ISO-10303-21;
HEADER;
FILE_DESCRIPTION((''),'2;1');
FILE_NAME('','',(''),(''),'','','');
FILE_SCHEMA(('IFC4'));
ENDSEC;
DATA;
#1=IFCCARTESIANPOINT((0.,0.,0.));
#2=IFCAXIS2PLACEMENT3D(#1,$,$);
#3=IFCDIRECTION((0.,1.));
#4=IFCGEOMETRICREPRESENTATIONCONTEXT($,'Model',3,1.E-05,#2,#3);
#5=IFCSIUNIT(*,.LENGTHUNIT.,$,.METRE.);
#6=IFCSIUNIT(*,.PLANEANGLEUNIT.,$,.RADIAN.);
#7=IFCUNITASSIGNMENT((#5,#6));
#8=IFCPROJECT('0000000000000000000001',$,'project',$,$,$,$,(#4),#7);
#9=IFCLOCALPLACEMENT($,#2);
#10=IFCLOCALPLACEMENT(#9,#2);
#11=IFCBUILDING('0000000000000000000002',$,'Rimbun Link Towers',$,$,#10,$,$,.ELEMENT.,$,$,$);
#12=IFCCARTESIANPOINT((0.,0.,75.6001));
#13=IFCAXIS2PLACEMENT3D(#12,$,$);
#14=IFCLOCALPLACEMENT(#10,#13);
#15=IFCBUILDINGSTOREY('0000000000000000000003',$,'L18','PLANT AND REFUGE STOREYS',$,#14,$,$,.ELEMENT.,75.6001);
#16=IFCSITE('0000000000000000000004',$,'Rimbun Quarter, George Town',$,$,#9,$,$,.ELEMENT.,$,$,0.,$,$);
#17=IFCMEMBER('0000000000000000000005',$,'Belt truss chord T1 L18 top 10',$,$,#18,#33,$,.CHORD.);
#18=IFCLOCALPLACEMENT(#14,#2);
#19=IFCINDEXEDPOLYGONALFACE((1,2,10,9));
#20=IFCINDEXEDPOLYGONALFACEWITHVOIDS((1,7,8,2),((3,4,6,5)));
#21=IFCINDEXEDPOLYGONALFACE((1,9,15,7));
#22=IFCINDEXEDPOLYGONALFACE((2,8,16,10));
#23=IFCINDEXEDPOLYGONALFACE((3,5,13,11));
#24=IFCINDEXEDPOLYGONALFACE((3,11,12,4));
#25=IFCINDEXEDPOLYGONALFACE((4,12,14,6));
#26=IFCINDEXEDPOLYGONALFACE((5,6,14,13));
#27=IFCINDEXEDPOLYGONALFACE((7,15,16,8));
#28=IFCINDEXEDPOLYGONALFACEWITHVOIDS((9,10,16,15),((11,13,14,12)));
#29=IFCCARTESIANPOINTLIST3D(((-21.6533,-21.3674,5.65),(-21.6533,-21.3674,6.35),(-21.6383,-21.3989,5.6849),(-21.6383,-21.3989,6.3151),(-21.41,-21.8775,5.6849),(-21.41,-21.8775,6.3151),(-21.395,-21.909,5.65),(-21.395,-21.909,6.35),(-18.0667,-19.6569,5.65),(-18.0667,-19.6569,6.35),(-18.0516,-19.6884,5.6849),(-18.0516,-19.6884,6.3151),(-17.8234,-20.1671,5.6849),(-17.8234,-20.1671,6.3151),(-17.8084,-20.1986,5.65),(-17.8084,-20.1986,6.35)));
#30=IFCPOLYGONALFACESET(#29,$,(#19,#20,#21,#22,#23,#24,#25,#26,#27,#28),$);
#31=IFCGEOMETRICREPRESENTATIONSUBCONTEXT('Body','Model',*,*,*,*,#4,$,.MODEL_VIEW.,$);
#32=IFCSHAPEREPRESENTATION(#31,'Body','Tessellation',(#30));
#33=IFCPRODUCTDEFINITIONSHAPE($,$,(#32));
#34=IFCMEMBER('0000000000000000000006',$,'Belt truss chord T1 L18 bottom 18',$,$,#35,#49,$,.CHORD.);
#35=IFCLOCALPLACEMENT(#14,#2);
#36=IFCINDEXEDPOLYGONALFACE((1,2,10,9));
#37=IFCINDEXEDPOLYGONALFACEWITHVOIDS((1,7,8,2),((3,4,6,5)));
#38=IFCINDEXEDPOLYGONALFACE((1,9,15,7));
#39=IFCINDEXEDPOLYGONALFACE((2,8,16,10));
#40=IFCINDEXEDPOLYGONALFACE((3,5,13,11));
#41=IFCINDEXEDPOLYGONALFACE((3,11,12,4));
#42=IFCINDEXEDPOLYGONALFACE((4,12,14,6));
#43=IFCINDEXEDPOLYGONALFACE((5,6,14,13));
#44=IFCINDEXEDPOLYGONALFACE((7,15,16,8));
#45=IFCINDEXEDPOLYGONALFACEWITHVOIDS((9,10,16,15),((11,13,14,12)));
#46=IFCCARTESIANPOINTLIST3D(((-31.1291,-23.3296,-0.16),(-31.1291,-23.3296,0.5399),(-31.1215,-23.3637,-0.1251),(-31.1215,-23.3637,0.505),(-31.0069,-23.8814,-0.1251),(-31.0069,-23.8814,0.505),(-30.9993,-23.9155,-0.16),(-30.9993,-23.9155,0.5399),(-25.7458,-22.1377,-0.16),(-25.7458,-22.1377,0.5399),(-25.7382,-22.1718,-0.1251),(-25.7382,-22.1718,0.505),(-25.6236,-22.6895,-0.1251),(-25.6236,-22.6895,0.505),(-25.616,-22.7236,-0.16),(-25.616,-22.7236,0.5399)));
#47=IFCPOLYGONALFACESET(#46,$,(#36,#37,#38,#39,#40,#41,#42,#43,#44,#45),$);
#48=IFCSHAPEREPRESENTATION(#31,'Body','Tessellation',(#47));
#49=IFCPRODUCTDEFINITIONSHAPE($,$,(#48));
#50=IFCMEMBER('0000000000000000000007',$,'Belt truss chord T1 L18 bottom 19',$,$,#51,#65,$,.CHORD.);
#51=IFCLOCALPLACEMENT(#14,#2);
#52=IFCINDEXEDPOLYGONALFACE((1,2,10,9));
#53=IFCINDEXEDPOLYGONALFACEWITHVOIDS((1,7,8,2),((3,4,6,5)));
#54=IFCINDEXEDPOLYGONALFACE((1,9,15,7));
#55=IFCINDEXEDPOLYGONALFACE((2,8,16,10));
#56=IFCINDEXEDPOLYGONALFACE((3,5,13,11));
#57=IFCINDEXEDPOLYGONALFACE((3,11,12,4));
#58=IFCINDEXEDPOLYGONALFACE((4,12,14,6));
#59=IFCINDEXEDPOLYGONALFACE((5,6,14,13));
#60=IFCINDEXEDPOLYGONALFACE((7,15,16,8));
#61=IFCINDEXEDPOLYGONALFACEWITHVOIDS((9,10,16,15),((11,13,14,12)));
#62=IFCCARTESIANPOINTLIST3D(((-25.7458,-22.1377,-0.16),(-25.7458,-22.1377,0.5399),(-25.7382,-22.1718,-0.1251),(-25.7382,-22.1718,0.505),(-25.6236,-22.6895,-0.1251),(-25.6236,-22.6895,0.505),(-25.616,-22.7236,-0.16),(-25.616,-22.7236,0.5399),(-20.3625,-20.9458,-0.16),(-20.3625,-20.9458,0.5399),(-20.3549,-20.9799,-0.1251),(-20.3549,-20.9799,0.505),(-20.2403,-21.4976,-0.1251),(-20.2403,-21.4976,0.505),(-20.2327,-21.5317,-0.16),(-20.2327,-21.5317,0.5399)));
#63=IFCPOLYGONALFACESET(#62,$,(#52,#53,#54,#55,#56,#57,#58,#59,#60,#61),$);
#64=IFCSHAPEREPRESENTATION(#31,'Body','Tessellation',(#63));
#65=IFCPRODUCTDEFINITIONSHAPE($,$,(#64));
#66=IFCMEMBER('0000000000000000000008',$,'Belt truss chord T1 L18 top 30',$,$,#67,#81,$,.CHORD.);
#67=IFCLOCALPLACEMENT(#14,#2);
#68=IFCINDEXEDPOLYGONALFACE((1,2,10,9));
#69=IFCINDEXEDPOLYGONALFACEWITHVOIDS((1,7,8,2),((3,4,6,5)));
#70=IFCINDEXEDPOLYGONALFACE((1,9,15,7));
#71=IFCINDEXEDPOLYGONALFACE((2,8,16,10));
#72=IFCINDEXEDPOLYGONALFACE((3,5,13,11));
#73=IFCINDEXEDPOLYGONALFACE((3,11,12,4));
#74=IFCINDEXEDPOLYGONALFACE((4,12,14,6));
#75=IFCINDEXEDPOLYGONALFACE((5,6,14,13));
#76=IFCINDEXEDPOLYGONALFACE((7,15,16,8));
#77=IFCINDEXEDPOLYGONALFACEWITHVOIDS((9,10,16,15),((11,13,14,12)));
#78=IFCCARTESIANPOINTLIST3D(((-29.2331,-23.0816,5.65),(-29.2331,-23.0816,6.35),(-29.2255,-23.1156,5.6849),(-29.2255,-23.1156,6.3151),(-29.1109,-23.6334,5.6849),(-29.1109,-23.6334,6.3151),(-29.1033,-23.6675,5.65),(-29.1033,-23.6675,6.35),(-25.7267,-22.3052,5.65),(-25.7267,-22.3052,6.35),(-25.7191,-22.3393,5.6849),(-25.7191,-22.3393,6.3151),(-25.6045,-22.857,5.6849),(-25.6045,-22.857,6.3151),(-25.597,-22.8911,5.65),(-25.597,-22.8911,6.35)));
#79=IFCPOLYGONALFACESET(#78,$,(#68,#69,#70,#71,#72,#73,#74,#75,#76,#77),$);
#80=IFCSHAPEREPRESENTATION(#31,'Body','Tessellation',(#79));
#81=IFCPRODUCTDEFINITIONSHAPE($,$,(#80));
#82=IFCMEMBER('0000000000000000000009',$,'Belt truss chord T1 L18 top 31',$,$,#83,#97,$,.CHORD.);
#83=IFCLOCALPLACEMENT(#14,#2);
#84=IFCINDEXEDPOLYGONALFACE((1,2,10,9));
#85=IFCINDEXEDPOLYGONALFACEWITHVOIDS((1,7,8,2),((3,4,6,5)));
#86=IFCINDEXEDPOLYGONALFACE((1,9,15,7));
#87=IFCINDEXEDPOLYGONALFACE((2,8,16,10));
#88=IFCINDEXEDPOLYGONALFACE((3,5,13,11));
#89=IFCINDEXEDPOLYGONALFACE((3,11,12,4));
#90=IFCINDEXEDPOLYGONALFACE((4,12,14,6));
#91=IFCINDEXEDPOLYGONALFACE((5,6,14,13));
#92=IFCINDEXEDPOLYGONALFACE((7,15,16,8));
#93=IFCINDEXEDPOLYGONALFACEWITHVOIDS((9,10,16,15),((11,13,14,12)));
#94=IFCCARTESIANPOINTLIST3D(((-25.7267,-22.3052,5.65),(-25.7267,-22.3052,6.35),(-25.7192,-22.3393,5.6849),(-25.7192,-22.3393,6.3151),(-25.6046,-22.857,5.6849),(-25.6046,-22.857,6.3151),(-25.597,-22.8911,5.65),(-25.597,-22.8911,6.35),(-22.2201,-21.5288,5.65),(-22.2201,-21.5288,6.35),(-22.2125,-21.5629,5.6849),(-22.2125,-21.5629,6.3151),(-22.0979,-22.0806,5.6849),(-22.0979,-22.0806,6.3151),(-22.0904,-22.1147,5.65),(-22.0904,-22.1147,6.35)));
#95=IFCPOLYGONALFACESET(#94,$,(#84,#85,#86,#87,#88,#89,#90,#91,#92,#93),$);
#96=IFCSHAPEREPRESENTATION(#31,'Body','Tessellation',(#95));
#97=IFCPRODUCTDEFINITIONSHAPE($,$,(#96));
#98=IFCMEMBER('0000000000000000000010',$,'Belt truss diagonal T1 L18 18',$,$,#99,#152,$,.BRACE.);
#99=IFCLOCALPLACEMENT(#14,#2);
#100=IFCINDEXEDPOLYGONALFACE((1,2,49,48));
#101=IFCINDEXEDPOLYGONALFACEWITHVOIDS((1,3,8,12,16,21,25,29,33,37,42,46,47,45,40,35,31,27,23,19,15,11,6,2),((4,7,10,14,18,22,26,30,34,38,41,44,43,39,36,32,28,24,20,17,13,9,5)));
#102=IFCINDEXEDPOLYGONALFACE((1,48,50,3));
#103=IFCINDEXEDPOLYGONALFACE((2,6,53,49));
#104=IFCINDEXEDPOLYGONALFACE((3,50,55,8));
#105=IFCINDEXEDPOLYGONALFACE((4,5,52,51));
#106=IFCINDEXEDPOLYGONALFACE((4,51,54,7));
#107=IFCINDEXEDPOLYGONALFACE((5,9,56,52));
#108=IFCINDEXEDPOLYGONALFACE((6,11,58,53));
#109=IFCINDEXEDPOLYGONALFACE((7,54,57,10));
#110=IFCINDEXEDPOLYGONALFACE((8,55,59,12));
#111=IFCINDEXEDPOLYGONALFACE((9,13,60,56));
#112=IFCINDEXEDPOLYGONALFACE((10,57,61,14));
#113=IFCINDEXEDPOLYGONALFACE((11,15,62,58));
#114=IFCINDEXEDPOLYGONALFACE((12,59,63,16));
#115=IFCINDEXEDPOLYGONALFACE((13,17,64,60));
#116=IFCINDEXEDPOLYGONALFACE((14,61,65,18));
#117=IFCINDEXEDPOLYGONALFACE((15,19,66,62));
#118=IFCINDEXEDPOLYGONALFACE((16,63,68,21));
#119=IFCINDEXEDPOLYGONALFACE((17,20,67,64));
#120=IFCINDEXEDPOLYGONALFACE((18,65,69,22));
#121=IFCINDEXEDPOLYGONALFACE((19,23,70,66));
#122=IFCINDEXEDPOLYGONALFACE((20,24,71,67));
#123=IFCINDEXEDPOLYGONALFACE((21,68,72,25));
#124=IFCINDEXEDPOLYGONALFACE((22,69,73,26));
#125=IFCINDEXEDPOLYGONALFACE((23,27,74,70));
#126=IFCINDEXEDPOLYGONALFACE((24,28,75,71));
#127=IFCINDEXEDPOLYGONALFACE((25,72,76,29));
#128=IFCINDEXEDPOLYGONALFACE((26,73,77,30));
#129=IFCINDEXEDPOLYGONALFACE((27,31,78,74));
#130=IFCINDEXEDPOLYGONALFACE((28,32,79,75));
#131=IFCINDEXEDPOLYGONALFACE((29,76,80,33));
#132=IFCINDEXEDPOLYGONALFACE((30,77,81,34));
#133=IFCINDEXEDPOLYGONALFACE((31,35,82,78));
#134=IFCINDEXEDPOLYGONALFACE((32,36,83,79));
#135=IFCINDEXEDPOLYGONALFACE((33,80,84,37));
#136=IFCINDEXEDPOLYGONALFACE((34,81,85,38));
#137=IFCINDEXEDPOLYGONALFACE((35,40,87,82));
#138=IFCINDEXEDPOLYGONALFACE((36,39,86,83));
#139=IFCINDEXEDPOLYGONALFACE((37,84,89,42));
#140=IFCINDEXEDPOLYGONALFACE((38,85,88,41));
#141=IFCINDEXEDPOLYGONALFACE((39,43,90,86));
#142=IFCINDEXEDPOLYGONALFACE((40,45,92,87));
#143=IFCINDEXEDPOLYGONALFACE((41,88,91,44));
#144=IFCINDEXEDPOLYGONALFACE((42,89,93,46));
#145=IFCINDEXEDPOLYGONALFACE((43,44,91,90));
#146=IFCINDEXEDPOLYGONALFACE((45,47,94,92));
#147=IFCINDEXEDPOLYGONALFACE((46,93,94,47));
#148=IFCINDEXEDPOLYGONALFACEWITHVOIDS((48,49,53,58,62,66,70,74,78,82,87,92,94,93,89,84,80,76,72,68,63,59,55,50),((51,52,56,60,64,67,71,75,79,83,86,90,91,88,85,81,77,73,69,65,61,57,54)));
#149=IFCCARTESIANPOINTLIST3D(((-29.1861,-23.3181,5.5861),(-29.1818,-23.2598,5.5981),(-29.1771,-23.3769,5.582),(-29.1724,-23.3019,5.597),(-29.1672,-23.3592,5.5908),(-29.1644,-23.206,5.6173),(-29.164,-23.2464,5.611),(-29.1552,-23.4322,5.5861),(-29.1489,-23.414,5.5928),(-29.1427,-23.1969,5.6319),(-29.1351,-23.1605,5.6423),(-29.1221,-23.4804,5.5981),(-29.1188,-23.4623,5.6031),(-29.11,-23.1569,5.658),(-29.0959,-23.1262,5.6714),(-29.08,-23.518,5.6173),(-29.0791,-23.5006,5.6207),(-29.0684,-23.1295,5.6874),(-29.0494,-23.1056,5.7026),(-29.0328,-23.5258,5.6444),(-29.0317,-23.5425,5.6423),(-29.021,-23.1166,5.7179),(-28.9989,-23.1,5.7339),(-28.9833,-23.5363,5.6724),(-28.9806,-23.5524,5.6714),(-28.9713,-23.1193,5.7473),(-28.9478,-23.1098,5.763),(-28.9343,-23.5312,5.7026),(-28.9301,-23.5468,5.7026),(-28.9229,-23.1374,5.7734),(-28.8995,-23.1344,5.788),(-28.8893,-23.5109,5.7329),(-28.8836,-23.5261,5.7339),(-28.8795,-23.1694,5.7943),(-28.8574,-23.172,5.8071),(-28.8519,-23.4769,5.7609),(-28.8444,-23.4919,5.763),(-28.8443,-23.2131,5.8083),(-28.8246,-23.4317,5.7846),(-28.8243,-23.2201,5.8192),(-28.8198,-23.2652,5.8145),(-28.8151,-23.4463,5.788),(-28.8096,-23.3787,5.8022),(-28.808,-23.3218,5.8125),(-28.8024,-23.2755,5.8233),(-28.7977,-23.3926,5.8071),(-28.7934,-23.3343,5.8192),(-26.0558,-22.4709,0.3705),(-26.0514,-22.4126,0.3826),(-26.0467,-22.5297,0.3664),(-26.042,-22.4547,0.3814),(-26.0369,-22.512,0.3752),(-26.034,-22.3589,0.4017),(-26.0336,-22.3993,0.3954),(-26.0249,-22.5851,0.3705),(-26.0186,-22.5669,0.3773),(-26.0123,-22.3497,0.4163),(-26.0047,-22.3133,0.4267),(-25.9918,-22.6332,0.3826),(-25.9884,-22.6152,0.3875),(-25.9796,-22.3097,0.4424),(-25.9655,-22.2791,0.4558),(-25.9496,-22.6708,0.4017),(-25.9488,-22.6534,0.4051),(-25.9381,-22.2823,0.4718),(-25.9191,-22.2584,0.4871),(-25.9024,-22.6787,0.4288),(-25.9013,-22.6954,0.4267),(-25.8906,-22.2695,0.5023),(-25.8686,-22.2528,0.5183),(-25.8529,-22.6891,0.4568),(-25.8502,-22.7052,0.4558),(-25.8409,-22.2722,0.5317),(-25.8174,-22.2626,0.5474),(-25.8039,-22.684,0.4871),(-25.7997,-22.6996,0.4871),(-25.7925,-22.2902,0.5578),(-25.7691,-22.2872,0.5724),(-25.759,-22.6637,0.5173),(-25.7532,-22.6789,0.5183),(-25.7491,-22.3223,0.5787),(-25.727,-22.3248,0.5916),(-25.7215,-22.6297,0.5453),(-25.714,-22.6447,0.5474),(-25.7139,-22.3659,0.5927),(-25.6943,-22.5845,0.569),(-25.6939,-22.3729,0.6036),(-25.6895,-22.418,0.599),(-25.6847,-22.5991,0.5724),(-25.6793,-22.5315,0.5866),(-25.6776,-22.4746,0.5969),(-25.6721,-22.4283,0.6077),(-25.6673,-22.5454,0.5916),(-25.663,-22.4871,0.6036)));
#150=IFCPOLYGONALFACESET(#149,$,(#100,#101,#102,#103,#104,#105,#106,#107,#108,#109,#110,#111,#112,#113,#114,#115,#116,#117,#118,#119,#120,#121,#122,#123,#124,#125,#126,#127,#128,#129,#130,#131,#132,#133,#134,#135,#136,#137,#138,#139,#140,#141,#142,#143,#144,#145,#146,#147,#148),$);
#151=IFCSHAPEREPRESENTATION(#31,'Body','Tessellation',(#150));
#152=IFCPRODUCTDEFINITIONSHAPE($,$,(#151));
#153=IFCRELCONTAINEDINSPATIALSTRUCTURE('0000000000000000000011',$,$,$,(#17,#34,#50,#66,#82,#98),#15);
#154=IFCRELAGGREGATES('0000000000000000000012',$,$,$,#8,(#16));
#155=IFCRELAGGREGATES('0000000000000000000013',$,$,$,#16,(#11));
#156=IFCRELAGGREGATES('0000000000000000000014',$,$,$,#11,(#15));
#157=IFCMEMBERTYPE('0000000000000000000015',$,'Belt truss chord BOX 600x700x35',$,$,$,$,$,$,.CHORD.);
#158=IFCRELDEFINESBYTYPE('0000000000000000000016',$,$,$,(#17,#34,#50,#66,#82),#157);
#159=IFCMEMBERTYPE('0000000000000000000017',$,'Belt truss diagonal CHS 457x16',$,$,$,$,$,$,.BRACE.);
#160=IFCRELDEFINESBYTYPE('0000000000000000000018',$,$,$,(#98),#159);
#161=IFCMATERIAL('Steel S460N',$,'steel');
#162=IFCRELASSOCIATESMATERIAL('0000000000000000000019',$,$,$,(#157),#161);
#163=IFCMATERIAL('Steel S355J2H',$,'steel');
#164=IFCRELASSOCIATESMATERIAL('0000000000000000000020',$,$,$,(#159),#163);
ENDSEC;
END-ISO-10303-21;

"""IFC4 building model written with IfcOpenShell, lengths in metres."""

from ifc_helpers import new_model, si_unit, direction, frame, origin, origin_2d, place, context, subcontext, project, spatial, hollow_rectangle, hollow_circle, extrude, material, material_profile, profile_set, type_object, element, save


model = new_model("IFC4")

# Units and contexts
model_context = context("Model", 3, precision=1e-05, world=origin(), true_north=direction((0.0, 1.0)))
body_context = subcontext(model_context, "Body", "Model", "MODEL_VIEW")
ifc_project = project(units=[si_unit("LENGTHUNIT", "METRE"), si_unit("PLANEANGLEUNIT", "RADIAN")], contexts=[model_context])

# Site, building, storey
site_placement = place(None, origin())
site = spatial("IfcSite", under=ifc_project, at=site_placement, Name="Rimbun Quarter, George Town", CompositionType="ELEMENT", RefElevation=0.0)
building_placement = place(site_placement, origin())
building = spatial("IfcBuilding", under=site, at=building_placement, Name="Rimbun Link Towers", CompositionType="ELEMENT")
storey_placement = place(building_placement, frame((0.0, 0.0, 75.6001)))
storey = spatial("IfcBuildingStorey", under=building, at=storey_placement, Name="L18", Description="PLANT AND REFUGE STOREYS", CompositionType="ELEMENT", Elevation=75.6001)

# Members
ifc_material_1 = material(Name="Steel S460N", Category="steel")
ifc_material_profile_1 = material_profile(ifc_material_1, hollow_rectangle(XDim=0.6001, YDim=0.7, WallThickness=0.0349, at=origin_2d()), Name="Belt truss chord BOX 600x700x35")
ifc_profile_set_1 = profile_set([ifc_material_profile_1], Name="Steel S460N")
member_type_1 = type_object("IfcMemberType", Name="Belt truss chord BOX 600x700x35", PredefinedType="CHORD", material=ifc_profile_set_1)
member_1_placement = place(storey_placement, frame((-21.5242, -21.6382, 6.0), z_axis=(0.902615, 0.430449, 0.0), x_axis=(-0.430449, 0.902615, 0.0)))
element("IfcMember", 1, at=member_1_placement, inside=storey, type_object=member_type_1, Name="Belt truss chord T1 L18 top 10", PredefinedType="CHORD", context=body_context, shape_type="SweptSolid", body=[
    extrude(hollow_rectangle(XDim=0.6001, YDim=0.7, WallThickness=0.0349, at=origin_2d()), origin(), (0.0, 0.0, 1.0), 3.9736),
])
for number, where, z_axis, x_axis, name in (
    (2, (-31.0642, -23.6226, 0.1899), (0.976356, 0.216171, 0.0), (-0.216171, 0.976356, 0.0), "Belt truss chord T1 L18 bottom 18"),
    (3, (-25.6809, -22.4307, 0.1899), (0.976356, 0.216171, 0.0), (-0.216171, 0.976356, 0.0), "Belt truss chord T1 L18 bottom 19"),
):
    element("IfcMember", number, at=place(storey_placement, frame(where, z_axis=z_axis, x_axis=x_axis)), inside=storey, type_object=member_type_1, Name=name, PredefinedType="CHORD", context=body_context, shape_type="SweptSolid", body=[
        extrude(hollow_rectangle(XDim=0.6001, YDim=0.7, WallThickness=0.0349, at=origin_2d()), origin(), (0.0, 0.0, 1.0), 5.5137),
    ])
member_2_placement = place(storey_placement, frame((-29.1682, -23.3745, 6.0), z_axis=(0.976353, 0.216182, 0.0), x_axis=(-0.216182, 0.976353, 0.0)))
element("IfcMember", 4, at=member_2_placement, inside=storey, type_object=member_type_1, Name="Belt truss chord T1 L18 top 30", PredefinedType="CHORD", context=body_context, shape_type="SweptSolid", body=[
    extrude(hollow_rectangle(XDim=0.6001, YDim=0.7, WallThickness=0.0349, at=origin_2d()), origin(), (0.0, 0.0, 1.0), 3.5913),
])
member_3_placement = place(storey_placement, frame((-25.6619, -22.5981, 6.0), z_axis=(0.976356, 0.216167, 0.0), x_axis=(-0.216167, 0.976356, 0.0)))
element("IfcMember", 5, at=member_3_placement, inside=storey, type_object=member_type_1, Name="Belt truss chord T1 L18 top 31", PredefinedType="CHORD", context=body_context, shape_type="SweptSolid", body=[
    extrude(hollow_rectangle(XDim=0.6001, YDim=0.7, WallThickness=0.0349, at=origin_2d()), origin(), (0.0, 0.0, 1.0), 3.5916),
])
ifc_material_2 = material(Name="Steel S355J2H", Category="steel")
ifc_material_profile_2 = material_profile(ifc_material_2, hollow_circle(Radius=0.2285, WallThickness=0.0161, at=origin_2d()), Name="Belt truss diagonal CHS 457x16")
ifc_profile_set_2 = profile_set([ifc_material_profile_2], Name="Steel S355J2H")
member_type_2 = type_object("IfcMemberType", Name="Belt truss diagonal CHS 457x16", PredefinedType="BRACE", material=ifc_profile_set_2)
member_4_placement = place(storey_placement, frame((-25.8594, -22.479, 0.4871), z_axis=(-0.5097, -0.137939, 0.849222), x_axis=(0.261231, -0.965276, 0.0)))
element("IfcMember", 6, at=member_4_placement, inside=storey, type_object=member_type_2, Name="Belt truss diagonal T1 L18 18", PredefinedType="BRACE", context=body_context, shape_type="SweptSolid", body=[
    extrude(hollow_circle(Radius=0.2285, WallThickness=0.0161, at=origin_2d()), origin(), (0.0, 0.0, 1.0), 6.1416),
])

save(model, "model.ifc")
